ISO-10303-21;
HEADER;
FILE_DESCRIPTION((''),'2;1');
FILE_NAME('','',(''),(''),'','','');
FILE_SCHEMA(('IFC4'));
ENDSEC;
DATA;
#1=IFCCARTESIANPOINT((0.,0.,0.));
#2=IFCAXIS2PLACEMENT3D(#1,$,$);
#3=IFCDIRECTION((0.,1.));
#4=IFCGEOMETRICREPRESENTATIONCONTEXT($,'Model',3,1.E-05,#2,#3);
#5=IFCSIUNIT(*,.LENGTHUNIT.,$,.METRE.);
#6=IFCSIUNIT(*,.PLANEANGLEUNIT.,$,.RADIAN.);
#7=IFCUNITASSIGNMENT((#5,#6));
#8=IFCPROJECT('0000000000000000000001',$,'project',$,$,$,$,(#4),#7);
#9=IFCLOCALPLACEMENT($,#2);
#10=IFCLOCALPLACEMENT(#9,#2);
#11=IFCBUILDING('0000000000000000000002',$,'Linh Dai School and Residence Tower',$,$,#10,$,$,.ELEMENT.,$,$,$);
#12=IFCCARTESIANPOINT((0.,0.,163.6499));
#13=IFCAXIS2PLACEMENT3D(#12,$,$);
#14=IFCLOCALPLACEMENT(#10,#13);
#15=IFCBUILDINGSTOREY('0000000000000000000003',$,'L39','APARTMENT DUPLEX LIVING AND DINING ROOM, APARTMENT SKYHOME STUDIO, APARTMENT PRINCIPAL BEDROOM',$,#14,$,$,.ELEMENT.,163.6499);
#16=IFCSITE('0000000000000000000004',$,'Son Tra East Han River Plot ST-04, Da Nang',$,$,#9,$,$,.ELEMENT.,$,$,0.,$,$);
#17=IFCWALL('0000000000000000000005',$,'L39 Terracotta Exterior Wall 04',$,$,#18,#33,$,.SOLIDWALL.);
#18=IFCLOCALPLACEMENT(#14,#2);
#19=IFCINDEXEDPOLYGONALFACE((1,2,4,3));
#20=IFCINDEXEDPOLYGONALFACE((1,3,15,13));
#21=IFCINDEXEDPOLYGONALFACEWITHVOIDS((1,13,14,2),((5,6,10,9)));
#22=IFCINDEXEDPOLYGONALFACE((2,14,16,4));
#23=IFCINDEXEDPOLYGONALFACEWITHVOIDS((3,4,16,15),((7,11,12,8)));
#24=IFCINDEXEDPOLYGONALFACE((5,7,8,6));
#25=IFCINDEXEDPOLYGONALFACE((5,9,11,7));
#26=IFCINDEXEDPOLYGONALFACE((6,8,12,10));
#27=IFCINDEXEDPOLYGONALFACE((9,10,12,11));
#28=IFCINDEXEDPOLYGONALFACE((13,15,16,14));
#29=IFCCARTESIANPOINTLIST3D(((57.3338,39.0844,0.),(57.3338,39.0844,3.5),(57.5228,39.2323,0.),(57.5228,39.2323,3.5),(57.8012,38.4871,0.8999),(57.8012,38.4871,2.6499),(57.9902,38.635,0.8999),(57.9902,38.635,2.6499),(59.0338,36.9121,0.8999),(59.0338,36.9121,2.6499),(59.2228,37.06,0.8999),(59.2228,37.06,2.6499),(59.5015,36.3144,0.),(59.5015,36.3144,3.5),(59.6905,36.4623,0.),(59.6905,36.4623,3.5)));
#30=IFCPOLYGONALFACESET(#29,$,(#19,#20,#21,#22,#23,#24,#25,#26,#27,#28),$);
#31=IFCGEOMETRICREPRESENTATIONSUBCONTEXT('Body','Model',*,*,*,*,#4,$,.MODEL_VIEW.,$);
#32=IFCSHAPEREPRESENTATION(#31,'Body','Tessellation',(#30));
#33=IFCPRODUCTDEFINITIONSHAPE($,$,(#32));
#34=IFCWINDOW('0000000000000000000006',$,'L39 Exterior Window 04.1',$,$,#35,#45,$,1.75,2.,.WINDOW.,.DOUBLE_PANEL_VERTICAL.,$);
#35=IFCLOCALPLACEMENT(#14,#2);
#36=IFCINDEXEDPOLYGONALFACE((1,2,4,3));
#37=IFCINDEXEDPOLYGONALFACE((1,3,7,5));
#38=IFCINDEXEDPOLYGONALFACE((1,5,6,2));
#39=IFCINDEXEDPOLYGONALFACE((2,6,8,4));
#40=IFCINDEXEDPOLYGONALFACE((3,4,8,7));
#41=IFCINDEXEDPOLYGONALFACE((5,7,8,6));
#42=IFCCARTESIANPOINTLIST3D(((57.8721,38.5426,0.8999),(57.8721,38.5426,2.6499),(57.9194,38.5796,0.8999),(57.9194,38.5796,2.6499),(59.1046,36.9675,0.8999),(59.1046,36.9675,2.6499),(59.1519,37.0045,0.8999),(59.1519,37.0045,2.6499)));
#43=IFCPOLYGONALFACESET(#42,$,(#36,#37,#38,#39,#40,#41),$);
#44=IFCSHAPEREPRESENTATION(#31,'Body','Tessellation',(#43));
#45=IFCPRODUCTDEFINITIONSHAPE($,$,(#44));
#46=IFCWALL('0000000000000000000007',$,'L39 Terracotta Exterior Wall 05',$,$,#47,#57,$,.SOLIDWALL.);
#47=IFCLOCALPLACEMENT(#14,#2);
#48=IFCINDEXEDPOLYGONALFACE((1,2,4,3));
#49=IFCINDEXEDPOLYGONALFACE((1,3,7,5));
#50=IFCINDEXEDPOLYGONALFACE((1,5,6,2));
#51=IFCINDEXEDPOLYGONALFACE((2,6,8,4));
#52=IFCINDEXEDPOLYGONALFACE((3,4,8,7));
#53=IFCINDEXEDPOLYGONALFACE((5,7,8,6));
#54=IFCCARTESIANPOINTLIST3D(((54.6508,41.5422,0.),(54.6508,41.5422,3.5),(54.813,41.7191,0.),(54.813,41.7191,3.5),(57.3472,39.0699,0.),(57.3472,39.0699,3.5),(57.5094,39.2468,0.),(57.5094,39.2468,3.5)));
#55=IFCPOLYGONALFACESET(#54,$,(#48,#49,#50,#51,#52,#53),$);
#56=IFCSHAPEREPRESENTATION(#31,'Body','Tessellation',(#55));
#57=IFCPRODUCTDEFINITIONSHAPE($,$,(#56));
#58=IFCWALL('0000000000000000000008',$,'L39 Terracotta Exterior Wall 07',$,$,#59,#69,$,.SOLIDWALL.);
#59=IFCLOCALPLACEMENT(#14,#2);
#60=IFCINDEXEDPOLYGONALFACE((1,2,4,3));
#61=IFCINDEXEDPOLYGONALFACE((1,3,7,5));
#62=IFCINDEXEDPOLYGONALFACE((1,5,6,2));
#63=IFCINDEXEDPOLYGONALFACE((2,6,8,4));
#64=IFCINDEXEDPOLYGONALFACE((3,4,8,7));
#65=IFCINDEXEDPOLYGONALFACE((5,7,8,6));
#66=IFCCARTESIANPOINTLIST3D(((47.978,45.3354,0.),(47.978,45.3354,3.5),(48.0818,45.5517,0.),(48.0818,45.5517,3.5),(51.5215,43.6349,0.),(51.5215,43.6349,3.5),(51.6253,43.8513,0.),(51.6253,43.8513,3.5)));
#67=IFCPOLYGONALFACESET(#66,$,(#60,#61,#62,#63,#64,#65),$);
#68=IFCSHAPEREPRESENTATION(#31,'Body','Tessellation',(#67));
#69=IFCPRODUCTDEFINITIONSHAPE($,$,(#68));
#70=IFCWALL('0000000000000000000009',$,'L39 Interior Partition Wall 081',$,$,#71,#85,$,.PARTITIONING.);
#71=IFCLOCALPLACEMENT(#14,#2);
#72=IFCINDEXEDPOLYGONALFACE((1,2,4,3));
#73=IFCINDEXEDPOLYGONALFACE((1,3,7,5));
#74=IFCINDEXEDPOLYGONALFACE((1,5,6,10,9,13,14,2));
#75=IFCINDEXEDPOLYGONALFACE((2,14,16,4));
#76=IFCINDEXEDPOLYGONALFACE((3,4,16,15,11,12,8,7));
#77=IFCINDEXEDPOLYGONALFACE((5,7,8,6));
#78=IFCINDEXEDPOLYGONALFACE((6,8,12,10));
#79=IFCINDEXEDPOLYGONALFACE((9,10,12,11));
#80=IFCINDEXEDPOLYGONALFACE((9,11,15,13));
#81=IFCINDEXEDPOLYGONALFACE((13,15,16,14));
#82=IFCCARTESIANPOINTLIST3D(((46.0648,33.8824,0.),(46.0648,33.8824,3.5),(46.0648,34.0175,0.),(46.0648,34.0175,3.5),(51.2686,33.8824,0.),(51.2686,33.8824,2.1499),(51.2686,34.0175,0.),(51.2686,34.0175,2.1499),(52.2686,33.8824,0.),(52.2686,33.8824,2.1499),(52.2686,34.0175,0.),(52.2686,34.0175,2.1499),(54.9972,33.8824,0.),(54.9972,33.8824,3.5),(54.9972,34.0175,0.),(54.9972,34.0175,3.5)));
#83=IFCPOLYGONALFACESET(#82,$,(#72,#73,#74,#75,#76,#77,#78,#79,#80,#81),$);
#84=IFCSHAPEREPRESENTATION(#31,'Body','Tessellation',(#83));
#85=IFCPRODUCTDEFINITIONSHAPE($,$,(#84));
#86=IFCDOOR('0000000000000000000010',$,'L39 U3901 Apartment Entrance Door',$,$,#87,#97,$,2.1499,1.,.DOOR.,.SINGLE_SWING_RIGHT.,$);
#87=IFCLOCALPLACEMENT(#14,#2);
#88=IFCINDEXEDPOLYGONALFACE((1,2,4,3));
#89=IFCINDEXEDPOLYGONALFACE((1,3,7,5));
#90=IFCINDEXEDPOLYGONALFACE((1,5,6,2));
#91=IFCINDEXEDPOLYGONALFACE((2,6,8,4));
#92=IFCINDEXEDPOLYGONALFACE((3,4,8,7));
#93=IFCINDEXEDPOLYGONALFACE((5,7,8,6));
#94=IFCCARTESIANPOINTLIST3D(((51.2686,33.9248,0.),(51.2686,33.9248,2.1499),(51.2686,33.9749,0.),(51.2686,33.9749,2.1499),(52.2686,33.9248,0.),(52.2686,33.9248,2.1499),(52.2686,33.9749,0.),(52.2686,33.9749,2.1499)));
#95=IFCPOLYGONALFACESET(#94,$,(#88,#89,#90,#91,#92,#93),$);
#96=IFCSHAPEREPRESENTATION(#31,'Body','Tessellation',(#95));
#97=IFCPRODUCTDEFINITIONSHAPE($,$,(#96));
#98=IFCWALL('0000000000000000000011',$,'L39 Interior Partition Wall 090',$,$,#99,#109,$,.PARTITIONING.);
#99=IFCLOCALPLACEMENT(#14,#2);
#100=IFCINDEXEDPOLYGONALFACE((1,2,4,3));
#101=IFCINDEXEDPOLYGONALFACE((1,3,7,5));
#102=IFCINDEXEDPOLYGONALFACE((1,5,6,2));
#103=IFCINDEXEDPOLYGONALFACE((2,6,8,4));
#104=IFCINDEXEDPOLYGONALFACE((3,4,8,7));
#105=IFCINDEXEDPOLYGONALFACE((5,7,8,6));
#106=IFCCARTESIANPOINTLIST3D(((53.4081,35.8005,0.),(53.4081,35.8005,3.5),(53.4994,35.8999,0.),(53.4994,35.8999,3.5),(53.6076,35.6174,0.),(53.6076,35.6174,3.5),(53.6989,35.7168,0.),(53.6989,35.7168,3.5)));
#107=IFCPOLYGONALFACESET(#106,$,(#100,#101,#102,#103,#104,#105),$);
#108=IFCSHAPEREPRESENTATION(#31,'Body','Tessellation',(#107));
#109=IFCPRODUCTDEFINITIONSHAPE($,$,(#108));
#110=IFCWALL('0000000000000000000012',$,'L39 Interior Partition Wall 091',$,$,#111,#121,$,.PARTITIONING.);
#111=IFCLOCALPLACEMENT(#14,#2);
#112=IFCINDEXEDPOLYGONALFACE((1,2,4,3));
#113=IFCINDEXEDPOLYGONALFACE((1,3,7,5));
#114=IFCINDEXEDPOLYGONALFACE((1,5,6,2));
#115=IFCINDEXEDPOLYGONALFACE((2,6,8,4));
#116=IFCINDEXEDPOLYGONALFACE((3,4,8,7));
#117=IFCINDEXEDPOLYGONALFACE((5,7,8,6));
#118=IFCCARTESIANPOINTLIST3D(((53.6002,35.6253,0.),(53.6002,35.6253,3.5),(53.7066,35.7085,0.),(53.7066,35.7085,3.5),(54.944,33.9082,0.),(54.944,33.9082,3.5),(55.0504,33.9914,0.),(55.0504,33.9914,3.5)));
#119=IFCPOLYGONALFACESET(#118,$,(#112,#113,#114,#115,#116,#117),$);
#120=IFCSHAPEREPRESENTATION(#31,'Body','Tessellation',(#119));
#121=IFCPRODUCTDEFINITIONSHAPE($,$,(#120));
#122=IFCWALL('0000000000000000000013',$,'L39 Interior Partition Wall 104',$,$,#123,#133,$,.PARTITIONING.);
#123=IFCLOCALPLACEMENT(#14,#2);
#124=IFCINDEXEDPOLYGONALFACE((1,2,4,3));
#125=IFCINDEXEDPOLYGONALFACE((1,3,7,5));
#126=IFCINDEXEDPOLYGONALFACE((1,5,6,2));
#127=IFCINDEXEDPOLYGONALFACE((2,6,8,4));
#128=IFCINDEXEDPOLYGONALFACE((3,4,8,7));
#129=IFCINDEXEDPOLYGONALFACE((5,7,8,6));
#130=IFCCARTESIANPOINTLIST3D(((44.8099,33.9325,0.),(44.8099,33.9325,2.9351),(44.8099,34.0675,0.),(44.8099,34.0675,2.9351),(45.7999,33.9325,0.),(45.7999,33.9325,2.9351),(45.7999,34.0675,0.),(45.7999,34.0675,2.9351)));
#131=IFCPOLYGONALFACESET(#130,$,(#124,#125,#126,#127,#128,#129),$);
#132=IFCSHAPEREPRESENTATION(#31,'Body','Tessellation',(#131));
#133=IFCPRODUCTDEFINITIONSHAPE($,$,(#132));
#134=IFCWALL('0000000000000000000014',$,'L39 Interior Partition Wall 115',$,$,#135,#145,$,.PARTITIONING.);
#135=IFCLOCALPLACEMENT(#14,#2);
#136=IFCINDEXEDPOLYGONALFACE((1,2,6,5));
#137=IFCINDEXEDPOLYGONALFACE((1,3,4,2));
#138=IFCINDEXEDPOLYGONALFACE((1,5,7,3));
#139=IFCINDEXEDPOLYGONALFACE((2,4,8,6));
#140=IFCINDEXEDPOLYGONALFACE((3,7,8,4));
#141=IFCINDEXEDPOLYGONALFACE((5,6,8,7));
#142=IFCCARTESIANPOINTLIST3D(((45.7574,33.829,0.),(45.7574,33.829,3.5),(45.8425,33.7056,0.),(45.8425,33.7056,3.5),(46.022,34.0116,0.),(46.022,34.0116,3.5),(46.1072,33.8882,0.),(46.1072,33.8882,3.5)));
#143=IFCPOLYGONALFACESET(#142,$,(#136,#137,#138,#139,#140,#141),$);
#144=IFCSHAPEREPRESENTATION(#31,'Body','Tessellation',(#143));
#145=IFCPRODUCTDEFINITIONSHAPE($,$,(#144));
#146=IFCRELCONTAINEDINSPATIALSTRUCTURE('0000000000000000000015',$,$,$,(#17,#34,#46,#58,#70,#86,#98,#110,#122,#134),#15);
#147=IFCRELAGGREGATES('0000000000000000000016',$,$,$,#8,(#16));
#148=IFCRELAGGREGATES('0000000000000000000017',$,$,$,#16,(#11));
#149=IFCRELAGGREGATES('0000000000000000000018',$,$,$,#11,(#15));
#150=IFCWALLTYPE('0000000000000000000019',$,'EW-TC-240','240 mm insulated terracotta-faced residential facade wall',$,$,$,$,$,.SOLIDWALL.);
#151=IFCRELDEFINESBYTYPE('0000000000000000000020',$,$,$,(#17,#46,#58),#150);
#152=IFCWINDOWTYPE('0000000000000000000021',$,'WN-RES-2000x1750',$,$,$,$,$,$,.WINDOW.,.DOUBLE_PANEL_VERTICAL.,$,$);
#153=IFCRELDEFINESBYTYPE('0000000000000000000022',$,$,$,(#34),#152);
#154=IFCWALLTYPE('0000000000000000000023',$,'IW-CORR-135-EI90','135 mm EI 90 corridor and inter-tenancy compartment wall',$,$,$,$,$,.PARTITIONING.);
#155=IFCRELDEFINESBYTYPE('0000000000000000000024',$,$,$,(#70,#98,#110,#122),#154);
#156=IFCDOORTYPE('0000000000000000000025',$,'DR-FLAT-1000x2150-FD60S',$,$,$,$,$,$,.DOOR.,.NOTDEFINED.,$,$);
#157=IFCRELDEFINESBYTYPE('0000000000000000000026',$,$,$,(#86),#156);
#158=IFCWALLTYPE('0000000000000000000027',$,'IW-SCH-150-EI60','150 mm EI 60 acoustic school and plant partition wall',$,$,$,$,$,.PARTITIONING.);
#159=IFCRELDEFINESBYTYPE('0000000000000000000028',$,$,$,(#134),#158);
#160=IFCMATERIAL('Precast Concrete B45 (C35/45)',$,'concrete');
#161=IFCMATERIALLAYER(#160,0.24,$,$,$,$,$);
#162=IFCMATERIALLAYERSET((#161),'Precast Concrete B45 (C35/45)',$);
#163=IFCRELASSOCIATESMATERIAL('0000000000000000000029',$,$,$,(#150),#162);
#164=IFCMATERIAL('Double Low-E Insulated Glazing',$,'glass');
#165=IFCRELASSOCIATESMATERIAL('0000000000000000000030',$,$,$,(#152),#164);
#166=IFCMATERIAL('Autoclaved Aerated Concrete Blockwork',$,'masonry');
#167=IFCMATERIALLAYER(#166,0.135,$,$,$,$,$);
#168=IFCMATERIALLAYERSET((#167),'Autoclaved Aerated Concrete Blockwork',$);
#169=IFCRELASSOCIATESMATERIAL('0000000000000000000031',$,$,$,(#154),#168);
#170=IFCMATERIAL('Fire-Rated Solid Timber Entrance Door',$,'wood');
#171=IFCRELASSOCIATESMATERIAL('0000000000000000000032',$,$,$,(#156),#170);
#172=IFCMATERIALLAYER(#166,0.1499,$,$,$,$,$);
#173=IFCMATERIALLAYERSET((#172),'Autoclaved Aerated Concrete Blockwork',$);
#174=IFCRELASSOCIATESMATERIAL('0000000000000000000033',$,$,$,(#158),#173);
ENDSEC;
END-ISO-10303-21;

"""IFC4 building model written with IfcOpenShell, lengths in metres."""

from ifc_helpers import new_model, si_unit, direction, frame, frame_2d, origin, origin_2d, place, context, subcontext, project, spatial, rectangle, extrude, source, transform, mapped, material, layer, layer_set, type_object, element, fill, save


model = new_model("IFC4")

# Units and contexts
model_context = context("Model", 3, precision=1e-05, world=origin(), true_north=direction((0.0, 1.0)))
body_context = subcontext(model_context, "Body", "Model", "MODEL_VIEW")
ifc_project = project(units=[si_unit("LENGTHUNIT", "METRE"), si_unit("PLANEANGLEUNIT", "RADIAN")], contexts=[model_context])

# Site, building, storey
site_placement = place(None, origin())
site = spatial("IfcSite", under=ifc_project, at=site_placement, Name="Son Tra East Han River Plot ST-04, Da Nang", CompositionType="ELEMENT", RefElevation=0.0)
building_placement = place(site_placement, origin())
building = spatial("IfcBuilding", under=site, at=building_placement, Name="Linh Dai School and Residence Tower", CompositionType="ELEMENT")
storey_placement = place(building_placement, frame((0.0, 0.0, 163.6499)))
storey = spatial("IfcBuildingStorey", under=building, at=storey_placement, Name="L39", Description="APARTMENT DUPLEX LIVING AND DINING ROOM, APARTMENT SKYHOME STUDIO, APARTMENT PRINCIPAL BEDROOM", CompositionType="ELEMENT", Elevation=163.6499)

# Shared definitions
ifc_material_1 = material(Name="Precast Concrete B45 (C35/45)", Category="concrete")

# Shared definitions
ifc_layer_1 = layer(ifc_material_1, 0.24)
ifc_layer_set_1 = layer_set([ifc_layer_1], Name="Precast Concrete B45 (C35/45)")
wall_type_1 = type_object("IfcWallType", Name="EW-TC-240", Description="240 mm insulated terracotta-faced residential facade wall", PredefinedType="SOLIDWALL", material=ifc_layer_set_1)

# Wall, opening, window
wall_1_placement = place(storey_placement, frame((57.4282, 39.1584, 0.0), z_axis=(0.0, 0.0, 1.0), x_axis=(0.616288, -0.787521, 0.0)))
wall_1 = element("IfcWall", 1, at=wall_1_placement, inside=storey, type_object=wall_type_1, Name="L39 Terracotta Exterior Wall 04", PredefinedType="SOLIDWALL", context=body_context, shape_type="SweptSolid", body=[
    extrude(rectangle(XDim=3.5173, YDim=0.24, at=frame_2d((1.7588, 0.0))), origin(), (0.0, 0.0, 1.0), 3.5),
])
opening_1_placement = place(wall_1_placement, frame((0.7585, 0.0, 0.8999)))
opening_1 = element("IfcOpeningElement", 2, at=opening_1_placement, cuts=wall_1, PredefinedType="OPENING", context=body_context, shape_type="SweptSolid", body=[
    extrude(rectangle(XDim=2.0, YDim=1.75, at=origin_2d()), frame((1.0, 0.1299, 0.875), z_axis=(0.0, -1.0, 0.0), x_axis=(1.0, 0.0, 0.0)), (0.0, 0.0, 1.0), 0.26),
])
ifc_material_2 = material(Name="Double Low-E Insulated Glazing", Category="glass")
window_type = type_object("IfcWindowType", Name="WN-RES-2000x1750", PartitioningType="DOUBLE_PANEL_VERTICAL", PredefinedType="WINDOW", material=ifc_material_2)
shared_shape_1 = source(origin(), body_context, "Body", "SweptSolid", [
    extrude(rectangle(XDim=2.0, YDim=1.75, at=origin_2d()), frame((1.0, 0.03, 0.875), z_axis=(0.0, -1.0, 0.0), x_axis=(1.0, 0.0, 0.0)), (0.0, 0.0, 1.0), 0.0601),
])
window_placement = place(opening_1_placement, origin())
window = element("IfcWindow", 3, at=window_placement, inside=storey, type_object=window_type, Name="L39 Exterior Window 04.1", OverallHeight=1.75, OverallWidth=2.0, PartitioningType="DOUBLE_PANEL_VERTICAL", PredefinedType="WINDOW", context=body_context, shape_type="MappedRepresentation", body=[
    mapped(shared_shape_1, transform((0.0, 0.0, 0.0), x_axis=(1.0, 0.0, 0.0), y_axis=(0.0, 1.0, 0.0), z_axis=(0.0, 0.0, 1.0), scale=1.0)),
])
fill(opening_1, window)

# Wall
wall_2_placement = place(storey_placement, frame((54.7319, 41.6306, 0.0), z_axis=(0.0, 0.0, 1.0), x_axis=(0.737077, -0.675809, 0.0)))
element("IfcWall", 4, at=wall_2_placement, inside=storey, type_object=wall_type_1, Name="L39 Terracotta Exterior Wall 05", PredefinedType="SOLIDWALL", context=body_context, shape_type="SweptSolid", body=[
    extrude(rectangle(XDim=3.6582, YDim=0.24, at=frame_2d((1.8291, 0.0))), origin(), (0.0, 0.0, 1.0), 3.5),
])

# Wall
wall_3_placement = place(storey_placement, frame((48.0298, 45.4436, 0.0), z_axis=(0.0, 0.0, 1.0), x_axis=(0.901565, -0.432644, 0.0)))
element("IfcWall", 5, at=wall_3_placement, inside=storey, type_object=wall_type_1, Name="L39 Terracotta Exterior Wall 07", PredefinedType="SOLIDWALL", context=body_context, shape_type="SweptSolid", body=[
    extrude(rectangle(XDim=3.9304, YDim=0.24, at=frame_2d((1.9653, 0.0))), origin(), (0.0, 0.0, 1.0), 3.5),
])

# Wall, opening, door
ifc_material_3 = material(Name="Autoclaved Aerated Concrete Blockwork", Category="masonry")
ifc_layer_2 = layer(ifc_material_3, 0.135)
ifc_layer_set_2 = layer_set([ifc_layer_2], Name="Autoclaved Aerated Concrete Blockwork")
wall_type_2 = type_object("IfcWallType", Name="IW-CORR-135-EI90", Description="135 mm EI 90 corridor and inter-tenancy compartment wall", PredefinedType="PARTITIONING", material=ifc_layer_set_2)
wall_4_placement = place(storey_placement, frame((46.0647, 33.95, 0.0), z_axis=(0.0, 0.0, 1.0), x_axis=(1.0, 0.0, 0.0)))
wall_4 = element("IfcWall", 6, at=wall_4_placement, inside=storey, type_object=wall_type_2, Name="L39 Interior Partition Wall 081", PredefinedType="PARTITIONING", context=body_context, shape_type="SweptSolid", body=[
    extrude(rectangle(XDim=8.9324, YDim=0.135, at=frame_2d((4.4663, 0.0))), origin(), (0.0, 0.0, 1.0), 3.5),
])
opening_2_placement = place(wall_4_placement, frame((5.2039, 0.0, 0.0)))
opening_2 = element("IfcOpeningElement", 7, at=opening_2_placement, cuts=wall_4, PredefinedType="OPENING", context=body_context, shape_type="SweptSolid", body=[
    extrude(rectangle(XDim=1.0, YDim=2.1499, at=origin_2d()), frame((0.5, 0.0776, 1.075), z_axis=(0.0, -1.0, 0.0), x_axis=(1.0, 0.0, 0.0)), (0.0, 0.0, 1.0), 0.155),
])
ifc_material_4 = material(Name="Fire-Rated Solid Timber Entrance Door", Category="wood")
door_type_1 = type_object("IfcDoorType", Name="DR-FLAT-1000x2150-FD60S", OperationType="NOTDEFINED", PredefinedType="DOOR", material=ifc_material_4)
shared_shape_2 = source(origin(), body_context, "Body", "SweptSolid", [
    extrude(rectangle(XDim=1.0, YDim=2.1499, at=origin_2d()), frame((0.5, 0.0249, 1.075), z_axis=(0.0, -1.0, 0.0), x_axis=(1.0, 0.0, 0.0)), (0.0, 0.0, 1.0), 0.05),
])
door_1_placement = place(opening_2_placement, origin())
door_1 = element("IfcDoor", 8, at=door_1_placement, inside=storey, type_object=door_type_1, Name="L39 U3901 Apartment Entrance Door", OperationType="SINGLE_SWING_RIGHT", OverallHeight=2.1499, OverallWidth=1.0, PredefinedType="DOOR", context=body_context, shape_type="MappedRepresentation", body=[
    mapped(shared_shape_2, transform((0.0, 0.0, 0.0), x_axis=(1.0, 0.0, 0.0), y_axis=(0.0, 1.0, 0.0), z_axis=(0.0, 0.0, 1.0), scale=1.0)),
])
fill(opening_2, door_1)

# Walls
wall_5_placement = place(storey_placement, frame((53.4539, 35.8501, 0.0), z_axis=(0.0, 0.0, 1.0), x_axis=(0.736667, -0.676255, 0.0)))
element("IfcWall", 9, at=wall_5_placement, inside=storey, type_object=wall_type_2, Name="L39 Interior Partition Wall 090", PredefinedType="PARTITIONING", context=body_context, shape_type="SweptSolid", body=[
    extrude(rectangle(XDim=0.2708, YDim=0.135, at=frame_2d((0.1353, 0.0))), origin(), (0.0, 0.0, 1.0), 3.5),
])
wall_6_placement = place(storey_placement, frame((53.6533, 35.667, 0.0), z_axis=(0.0, 0.0, 1.0), x_axis=(0.616302, -0.78751, 0.0)))
element("IfcWall", 10, at=wall_6_placement, inside=storey, type_object=wall_type_2, Name="L39 Interior Partition Wall 091", PredefinedType="PARTITIONING", context=body_context, shape_type="SweptSolid", body=[
    extrude(rectangle(XDim=2.1804, YDim=0.135, at=frame_2d((1.0903, 0.0))), origin(), (0.0, 0.0, 1.0), 3.5),
])
wall_7_placement = place(storey_placement, frame((45.8, 34.0, 0.0), z_axis=(0.0, 0.0, 1.0), x_axis=(-1.0, 0.0, 0.0)))
element("IfcWall", 11, at=wall_7_placement, inside=storey, type_object=wall_type_2, Name="L39 Interior Partition Wall 104", PredefinedType="PARTITIONING", context=body_context, shape_type="SweptSolid", body=[
    extrude(rectangle(XDim=0.99, YDim=0.135, at=frame_2d((0.4951, 0.0))), origin(), (0.0, 0.0, 1.0), 2.9351),
])
ifc_layer_3 = layer(ifc_material_3, 0.1499)
ifc_layer_set_3 = layer_set([ifc_layer_3], Name="Autoclaved Aerated Concrete Blockwork")
wall_type_3 = type_object("IfcWallType", Name="IW-SCH-150-EI60", Description="150 mm EI 60 acoustic school and plant partition wall", PredefinedType="PARTITIONING", material=ifc_layer_set_3)
wall_8_placement = place(storey_placement, frame((45.8, 33.7673, 0.0), z_axis=(0.0, 0.0, 1.0), x_axis=(0.823066, 0.567946, 0.0)))
element("IfcWall", 12, at=wall_8_placement, inside=storey, type_object=wall_type_3, Name="L39 Interior Partition Wall 115", PredefinedType="PARTITIONING", context=body_context, shape_type="SweptSolid", body=[
    extrude(rectangle(XDim=0.3215, YDim=0.1499, at=frame_2d((0.1606, 0.0))), origin(), (0.0, 0.0, 1.0), 3.5),
])

save(model, "model.ifc")
